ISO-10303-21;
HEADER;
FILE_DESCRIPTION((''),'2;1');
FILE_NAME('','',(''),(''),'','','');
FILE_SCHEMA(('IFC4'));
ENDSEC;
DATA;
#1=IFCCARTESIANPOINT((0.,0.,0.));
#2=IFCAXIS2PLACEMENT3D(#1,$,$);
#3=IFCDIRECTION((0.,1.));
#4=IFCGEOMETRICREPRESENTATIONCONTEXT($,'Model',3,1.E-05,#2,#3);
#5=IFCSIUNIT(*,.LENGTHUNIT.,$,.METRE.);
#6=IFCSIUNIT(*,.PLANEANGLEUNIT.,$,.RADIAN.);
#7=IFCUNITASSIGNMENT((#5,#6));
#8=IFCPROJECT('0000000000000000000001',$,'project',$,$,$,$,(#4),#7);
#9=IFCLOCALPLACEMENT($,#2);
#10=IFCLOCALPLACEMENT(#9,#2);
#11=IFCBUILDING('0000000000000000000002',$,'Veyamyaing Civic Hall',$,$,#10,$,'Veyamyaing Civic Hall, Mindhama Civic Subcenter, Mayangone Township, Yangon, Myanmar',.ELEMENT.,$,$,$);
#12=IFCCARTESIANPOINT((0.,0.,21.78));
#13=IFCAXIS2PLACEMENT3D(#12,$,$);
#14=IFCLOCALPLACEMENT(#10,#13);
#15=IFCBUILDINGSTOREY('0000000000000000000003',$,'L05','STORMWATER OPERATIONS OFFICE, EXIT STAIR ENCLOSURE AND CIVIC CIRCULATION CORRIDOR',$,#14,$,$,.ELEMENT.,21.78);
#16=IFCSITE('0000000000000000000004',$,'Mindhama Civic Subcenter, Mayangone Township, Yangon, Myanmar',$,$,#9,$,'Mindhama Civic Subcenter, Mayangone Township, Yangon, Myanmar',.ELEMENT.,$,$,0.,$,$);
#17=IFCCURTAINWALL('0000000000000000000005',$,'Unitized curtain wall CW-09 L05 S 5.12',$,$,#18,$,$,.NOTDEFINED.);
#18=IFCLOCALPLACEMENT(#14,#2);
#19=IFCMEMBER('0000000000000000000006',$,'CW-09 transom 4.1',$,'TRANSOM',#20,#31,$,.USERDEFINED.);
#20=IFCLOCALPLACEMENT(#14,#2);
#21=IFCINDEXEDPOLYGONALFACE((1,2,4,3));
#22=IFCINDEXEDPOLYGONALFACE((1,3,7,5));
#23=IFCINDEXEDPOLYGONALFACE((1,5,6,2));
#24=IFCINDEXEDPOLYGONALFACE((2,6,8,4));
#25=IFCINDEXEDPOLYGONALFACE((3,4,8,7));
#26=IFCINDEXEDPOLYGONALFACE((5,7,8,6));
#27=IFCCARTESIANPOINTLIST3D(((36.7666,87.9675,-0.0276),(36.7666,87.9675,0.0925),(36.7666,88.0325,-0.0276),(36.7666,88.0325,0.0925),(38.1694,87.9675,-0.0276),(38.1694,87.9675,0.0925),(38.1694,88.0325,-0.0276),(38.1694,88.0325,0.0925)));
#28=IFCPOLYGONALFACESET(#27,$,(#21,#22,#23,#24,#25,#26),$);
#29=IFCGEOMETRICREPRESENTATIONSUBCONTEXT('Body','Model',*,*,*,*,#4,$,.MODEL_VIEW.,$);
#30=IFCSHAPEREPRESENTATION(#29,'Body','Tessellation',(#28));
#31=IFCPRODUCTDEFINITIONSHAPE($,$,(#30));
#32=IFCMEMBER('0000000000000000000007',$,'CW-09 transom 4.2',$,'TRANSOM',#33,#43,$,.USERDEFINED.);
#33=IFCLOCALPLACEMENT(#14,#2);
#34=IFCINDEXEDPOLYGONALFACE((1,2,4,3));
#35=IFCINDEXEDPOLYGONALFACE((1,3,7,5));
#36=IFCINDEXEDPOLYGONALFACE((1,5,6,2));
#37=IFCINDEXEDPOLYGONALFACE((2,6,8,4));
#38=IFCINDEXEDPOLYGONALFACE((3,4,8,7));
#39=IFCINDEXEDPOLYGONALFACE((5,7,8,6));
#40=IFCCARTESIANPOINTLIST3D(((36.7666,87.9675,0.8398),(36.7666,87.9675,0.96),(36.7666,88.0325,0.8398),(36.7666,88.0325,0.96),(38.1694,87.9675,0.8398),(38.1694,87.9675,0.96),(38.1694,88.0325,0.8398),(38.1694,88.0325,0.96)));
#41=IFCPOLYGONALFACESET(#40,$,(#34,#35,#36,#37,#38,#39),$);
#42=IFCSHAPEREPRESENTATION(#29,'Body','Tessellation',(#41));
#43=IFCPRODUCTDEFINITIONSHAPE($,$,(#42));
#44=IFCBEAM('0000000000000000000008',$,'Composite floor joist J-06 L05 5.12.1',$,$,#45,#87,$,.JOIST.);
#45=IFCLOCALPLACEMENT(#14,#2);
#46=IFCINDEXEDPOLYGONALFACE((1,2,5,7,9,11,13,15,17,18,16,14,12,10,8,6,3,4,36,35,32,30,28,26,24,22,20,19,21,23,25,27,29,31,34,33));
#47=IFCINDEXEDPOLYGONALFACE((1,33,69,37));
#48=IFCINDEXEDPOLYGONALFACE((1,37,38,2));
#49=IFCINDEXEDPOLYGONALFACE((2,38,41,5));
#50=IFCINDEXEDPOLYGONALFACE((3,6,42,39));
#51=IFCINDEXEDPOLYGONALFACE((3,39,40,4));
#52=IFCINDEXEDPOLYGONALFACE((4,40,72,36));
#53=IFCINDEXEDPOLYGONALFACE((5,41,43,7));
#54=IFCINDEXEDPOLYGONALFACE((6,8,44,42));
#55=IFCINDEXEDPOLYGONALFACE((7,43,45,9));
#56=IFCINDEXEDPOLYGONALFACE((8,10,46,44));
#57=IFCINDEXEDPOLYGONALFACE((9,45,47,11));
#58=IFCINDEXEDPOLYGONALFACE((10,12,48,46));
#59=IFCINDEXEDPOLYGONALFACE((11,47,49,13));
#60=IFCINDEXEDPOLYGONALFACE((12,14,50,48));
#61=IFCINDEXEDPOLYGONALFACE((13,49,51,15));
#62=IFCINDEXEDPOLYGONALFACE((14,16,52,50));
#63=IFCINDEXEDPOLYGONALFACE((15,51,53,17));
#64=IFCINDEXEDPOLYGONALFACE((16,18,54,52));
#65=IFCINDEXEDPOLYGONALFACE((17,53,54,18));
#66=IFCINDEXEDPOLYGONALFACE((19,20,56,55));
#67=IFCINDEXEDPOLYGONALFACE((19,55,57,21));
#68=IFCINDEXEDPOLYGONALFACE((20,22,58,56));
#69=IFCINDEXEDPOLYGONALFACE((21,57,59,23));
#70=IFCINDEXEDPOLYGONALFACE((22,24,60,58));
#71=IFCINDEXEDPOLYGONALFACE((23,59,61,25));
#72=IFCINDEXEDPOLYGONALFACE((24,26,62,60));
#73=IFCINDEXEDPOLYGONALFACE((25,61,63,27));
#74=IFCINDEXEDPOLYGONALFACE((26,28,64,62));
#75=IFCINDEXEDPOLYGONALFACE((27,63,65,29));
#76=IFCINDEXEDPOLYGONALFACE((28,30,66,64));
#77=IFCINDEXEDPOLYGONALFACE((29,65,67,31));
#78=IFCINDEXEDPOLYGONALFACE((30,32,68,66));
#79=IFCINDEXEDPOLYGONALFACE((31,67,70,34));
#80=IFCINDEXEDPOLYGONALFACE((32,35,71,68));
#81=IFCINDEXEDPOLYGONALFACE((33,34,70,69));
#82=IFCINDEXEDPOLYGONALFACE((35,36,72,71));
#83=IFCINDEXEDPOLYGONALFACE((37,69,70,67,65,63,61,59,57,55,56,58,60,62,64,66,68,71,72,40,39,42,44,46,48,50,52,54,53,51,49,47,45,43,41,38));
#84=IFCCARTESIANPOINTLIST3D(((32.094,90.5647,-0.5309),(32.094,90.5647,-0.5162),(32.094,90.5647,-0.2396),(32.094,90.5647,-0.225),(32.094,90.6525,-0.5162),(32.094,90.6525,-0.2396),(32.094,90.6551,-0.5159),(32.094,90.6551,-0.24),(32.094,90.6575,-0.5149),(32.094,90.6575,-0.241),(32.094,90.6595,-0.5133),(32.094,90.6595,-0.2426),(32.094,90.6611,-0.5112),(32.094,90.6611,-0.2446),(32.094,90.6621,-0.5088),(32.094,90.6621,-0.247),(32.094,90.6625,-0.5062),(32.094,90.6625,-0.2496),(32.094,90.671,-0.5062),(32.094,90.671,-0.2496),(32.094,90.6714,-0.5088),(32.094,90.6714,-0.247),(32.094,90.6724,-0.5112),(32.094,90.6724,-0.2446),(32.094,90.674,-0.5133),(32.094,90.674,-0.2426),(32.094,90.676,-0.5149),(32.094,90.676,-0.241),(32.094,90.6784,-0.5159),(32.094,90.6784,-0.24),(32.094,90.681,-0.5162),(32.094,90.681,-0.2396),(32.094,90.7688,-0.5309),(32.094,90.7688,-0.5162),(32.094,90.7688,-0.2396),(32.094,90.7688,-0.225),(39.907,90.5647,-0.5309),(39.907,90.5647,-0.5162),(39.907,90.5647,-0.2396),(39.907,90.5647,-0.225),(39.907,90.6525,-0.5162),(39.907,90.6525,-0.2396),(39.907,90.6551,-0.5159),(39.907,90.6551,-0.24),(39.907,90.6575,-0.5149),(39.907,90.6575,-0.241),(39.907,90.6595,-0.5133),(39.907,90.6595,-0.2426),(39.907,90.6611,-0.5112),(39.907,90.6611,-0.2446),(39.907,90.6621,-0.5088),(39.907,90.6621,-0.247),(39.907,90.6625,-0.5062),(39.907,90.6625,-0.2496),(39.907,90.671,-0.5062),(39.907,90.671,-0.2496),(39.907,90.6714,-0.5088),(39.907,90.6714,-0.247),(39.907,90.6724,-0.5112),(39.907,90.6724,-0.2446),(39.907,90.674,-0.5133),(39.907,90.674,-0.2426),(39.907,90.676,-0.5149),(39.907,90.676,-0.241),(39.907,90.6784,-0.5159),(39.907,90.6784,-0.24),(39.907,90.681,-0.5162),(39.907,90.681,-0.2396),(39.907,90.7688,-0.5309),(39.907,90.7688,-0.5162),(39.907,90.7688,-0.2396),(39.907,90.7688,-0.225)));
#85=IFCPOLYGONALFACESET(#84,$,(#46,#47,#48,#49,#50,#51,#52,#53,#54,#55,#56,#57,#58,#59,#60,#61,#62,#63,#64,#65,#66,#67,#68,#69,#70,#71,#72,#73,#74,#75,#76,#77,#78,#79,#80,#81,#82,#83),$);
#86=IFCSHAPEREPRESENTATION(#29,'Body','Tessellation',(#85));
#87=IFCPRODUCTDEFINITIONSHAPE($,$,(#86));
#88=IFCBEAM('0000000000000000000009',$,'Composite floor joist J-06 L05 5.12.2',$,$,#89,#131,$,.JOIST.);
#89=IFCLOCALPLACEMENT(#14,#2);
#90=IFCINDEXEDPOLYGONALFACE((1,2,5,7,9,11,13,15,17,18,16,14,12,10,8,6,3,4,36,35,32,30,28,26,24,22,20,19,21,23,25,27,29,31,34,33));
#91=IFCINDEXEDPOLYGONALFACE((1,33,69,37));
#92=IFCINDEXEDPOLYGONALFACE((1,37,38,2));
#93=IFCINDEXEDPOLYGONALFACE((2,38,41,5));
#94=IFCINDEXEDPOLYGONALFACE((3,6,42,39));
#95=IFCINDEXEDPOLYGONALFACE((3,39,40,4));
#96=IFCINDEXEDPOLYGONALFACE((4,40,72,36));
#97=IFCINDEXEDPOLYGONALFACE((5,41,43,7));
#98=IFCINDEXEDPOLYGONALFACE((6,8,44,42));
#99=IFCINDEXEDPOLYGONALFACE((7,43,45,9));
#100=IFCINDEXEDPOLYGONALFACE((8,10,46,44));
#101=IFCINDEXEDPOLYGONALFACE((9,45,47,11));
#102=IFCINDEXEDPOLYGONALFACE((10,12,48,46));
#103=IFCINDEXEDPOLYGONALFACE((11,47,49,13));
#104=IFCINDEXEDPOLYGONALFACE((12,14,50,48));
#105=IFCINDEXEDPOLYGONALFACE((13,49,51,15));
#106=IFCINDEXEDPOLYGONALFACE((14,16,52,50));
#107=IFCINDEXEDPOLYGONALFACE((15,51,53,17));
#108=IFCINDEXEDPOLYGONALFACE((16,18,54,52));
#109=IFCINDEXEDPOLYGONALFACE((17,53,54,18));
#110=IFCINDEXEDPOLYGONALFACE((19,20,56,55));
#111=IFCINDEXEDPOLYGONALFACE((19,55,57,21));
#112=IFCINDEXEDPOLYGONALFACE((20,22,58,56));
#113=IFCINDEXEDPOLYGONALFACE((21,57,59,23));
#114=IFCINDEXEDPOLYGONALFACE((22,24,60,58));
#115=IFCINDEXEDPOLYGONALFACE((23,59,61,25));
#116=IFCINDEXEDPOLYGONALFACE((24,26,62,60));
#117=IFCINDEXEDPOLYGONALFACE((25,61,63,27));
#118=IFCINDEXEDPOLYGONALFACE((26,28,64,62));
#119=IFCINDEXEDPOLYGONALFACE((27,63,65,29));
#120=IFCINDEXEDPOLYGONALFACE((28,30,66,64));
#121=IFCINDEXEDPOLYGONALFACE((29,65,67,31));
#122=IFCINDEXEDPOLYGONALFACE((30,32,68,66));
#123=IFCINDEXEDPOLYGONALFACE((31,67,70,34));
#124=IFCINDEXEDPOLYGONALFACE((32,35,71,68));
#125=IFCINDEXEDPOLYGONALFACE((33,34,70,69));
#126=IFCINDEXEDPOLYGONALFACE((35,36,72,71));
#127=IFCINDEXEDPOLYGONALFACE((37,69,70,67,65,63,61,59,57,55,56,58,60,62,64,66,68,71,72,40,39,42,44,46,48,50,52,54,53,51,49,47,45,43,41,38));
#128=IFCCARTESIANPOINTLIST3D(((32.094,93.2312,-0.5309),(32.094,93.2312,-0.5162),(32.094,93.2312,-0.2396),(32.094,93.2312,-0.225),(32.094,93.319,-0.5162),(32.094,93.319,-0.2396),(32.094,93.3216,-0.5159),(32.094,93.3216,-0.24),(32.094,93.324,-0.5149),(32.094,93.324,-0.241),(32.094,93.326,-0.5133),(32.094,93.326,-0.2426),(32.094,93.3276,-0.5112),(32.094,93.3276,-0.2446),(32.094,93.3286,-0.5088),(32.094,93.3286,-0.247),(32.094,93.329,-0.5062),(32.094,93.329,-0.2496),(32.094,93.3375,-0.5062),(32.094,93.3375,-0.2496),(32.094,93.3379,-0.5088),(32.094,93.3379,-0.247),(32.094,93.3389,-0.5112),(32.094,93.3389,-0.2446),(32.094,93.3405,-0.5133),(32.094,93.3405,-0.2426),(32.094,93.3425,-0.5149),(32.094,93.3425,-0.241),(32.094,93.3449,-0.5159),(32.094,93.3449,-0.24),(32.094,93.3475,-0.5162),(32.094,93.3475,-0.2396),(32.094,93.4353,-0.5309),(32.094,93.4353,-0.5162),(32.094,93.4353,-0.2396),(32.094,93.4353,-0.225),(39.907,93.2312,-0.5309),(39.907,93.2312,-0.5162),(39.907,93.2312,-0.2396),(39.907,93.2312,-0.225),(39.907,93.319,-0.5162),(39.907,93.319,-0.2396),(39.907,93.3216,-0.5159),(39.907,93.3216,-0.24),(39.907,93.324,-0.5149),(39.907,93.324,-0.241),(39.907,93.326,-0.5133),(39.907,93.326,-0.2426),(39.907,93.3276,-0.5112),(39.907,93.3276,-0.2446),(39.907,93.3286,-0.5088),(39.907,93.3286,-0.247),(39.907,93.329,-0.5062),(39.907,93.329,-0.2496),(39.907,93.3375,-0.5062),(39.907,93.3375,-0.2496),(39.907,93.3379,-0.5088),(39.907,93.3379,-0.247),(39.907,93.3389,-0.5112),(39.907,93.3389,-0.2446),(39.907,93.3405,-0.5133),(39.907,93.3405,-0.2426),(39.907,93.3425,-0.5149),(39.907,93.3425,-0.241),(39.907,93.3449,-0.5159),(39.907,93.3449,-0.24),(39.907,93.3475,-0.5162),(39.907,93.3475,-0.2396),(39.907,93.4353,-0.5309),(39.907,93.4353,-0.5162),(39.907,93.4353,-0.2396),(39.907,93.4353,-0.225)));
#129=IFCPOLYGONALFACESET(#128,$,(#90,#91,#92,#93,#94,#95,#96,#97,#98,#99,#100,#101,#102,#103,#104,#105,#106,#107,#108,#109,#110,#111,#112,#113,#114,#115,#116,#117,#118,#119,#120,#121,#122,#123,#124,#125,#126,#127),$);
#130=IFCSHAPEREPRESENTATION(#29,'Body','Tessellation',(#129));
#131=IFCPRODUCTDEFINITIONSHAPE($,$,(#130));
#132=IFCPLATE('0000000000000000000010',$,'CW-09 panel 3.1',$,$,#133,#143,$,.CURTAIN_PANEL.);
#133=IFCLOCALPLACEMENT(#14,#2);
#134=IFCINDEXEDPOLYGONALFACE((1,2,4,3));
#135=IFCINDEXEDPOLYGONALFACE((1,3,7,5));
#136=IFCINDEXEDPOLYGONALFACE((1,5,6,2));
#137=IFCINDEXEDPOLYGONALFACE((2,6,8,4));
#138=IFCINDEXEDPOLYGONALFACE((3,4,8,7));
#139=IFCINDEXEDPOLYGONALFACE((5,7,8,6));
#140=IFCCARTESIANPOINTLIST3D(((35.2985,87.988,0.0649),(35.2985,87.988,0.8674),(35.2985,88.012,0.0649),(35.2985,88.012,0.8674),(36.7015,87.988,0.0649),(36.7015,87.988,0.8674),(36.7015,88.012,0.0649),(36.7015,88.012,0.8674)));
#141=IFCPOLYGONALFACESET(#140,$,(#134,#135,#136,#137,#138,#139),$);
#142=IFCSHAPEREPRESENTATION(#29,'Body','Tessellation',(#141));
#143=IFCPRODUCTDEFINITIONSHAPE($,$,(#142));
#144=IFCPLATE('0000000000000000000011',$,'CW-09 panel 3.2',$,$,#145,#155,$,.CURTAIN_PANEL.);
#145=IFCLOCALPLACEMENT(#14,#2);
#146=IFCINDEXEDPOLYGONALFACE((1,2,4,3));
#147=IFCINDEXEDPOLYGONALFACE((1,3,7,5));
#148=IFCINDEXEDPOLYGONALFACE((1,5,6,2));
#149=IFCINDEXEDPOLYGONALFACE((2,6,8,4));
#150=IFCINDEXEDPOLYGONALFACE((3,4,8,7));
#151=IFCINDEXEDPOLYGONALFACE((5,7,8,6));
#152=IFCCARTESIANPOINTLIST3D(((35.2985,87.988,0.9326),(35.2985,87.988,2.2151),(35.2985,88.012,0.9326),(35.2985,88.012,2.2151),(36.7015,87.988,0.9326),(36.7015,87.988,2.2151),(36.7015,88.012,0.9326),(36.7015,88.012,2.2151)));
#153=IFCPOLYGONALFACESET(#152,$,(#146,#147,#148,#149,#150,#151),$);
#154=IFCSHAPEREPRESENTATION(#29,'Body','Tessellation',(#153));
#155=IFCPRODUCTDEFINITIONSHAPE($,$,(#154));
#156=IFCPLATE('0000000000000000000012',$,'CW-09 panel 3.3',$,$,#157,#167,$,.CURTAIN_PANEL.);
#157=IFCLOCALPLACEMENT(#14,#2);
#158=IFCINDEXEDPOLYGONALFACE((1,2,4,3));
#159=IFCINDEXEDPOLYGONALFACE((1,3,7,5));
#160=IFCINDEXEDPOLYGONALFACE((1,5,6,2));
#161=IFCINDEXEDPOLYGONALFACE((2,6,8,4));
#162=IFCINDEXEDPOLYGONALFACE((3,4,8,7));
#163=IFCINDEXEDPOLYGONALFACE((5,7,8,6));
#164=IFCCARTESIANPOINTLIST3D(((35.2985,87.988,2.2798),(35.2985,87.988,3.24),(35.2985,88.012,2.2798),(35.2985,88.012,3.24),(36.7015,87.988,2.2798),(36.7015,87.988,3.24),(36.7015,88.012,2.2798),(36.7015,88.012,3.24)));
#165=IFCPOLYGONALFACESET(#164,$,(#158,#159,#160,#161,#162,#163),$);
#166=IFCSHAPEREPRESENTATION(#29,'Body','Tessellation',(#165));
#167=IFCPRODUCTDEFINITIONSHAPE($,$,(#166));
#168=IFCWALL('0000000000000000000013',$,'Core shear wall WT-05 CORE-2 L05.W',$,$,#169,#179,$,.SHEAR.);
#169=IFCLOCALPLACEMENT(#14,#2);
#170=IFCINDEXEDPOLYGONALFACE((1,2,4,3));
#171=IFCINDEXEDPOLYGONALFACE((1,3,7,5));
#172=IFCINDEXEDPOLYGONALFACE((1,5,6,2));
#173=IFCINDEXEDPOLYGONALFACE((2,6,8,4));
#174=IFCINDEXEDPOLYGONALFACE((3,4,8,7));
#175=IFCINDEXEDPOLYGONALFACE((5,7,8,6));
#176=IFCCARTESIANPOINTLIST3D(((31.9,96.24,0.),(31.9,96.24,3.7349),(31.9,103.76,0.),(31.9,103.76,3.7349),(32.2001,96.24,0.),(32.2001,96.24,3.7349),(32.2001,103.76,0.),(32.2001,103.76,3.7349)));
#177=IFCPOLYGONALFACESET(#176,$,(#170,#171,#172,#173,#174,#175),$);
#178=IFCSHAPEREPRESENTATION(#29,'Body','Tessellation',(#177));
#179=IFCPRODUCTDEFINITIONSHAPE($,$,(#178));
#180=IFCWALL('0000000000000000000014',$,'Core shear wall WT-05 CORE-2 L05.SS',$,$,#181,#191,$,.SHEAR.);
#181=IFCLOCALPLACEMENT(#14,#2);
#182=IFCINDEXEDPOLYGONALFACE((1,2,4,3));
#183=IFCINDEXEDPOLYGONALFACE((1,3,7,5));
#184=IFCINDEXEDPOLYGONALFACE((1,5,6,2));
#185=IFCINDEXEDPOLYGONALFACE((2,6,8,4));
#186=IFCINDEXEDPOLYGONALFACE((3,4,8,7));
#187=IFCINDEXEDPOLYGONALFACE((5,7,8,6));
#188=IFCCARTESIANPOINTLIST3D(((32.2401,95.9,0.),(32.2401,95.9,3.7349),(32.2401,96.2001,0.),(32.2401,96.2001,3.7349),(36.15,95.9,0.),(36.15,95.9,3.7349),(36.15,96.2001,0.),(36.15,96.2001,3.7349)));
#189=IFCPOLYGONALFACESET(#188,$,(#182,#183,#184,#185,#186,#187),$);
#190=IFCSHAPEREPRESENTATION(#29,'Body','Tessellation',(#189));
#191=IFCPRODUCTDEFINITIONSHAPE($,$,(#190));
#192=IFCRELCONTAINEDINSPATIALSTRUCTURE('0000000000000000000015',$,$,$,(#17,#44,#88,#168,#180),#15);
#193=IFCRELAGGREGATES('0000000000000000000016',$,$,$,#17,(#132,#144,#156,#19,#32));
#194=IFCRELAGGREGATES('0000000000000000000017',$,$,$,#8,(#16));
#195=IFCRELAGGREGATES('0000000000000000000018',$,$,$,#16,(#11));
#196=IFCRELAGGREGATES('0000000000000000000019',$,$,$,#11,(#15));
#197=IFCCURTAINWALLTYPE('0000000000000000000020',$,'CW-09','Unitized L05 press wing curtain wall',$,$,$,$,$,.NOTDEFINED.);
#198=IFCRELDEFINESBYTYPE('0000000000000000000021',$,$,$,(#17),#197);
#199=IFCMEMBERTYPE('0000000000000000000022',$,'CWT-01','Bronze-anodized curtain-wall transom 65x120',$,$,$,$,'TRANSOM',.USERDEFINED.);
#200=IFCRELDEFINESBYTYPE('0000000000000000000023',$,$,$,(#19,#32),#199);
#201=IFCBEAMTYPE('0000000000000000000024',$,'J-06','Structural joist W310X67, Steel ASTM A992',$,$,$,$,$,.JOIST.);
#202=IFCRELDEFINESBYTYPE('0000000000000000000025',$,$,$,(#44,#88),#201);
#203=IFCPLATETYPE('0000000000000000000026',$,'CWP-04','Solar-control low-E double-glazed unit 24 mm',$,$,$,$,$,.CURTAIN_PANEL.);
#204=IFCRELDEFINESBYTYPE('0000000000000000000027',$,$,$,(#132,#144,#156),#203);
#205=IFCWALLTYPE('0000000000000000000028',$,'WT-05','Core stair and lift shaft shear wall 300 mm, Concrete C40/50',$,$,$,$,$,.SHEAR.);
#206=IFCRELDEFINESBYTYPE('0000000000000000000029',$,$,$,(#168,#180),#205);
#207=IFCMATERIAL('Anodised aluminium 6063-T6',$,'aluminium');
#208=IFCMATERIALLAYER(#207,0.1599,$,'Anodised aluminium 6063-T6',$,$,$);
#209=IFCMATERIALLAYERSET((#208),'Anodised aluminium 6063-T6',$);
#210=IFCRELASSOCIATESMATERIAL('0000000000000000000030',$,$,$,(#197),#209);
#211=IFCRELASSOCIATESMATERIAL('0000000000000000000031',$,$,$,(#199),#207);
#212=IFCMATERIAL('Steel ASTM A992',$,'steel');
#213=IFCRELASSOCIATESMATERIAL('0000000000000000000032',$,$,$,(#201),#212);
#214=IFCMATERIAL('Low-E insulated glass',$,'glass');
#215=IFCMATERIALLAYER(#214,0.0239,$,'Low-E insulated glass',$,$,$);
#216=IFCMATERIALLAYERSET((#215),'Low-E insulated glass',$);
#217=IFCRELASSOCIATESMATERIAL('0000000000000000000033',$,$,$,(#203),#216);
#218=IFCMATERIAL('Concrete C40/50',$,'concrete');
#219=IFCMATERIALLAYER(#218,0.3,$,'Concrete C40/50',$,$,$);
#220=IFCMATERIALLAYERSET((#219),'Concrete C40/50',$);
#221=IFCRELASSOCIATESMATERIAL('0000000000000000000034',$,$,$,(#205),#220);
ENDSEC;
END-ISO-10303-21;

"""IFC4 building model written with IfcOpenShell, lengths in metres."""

from ifc_helpers import new_model, si_unit, direction, frame, frame_2d, origin, origin_2d, place, context, subcontext, project, spatial, rectangle, i_section, extrude, material, layer, layer_set, material_profile, profile_set, type_object, element, aggregate, save


model = new_model("IFC4")

# Units and contexts
model_context = context("Model", 3, precision=1e-05, world=origin(), true_north=direction((0.0, 1.0)))
body_context = subcontext(model_context, "Body", "Model", "MODEL_VIEW")
ifc_project = project(units=[si_unit("LENGTHUNIT", "METRE"), si_unit("PLANEANGLEUNIT", "RADIAN")], contexts=[model_context])

# Site, building, storey
site_placement = place(None, origin())
site = spatial("IfcSite", under=ifc_project, at=site_placement, Name="Mindhama Civic Subcenter, Mayangone Township, Yangon, Myanmar", LongName="Mindhama Civic Subcenter, Mayangone Township, Yangon, Myanmar", CompositionType="ELEMENT", RefElevation=0.0)
building_placement = place(site_placement, origin())
building = spatial("IfcBuilding", under=site, at=building_placement, Name="Veyamyaing Civic Hall", LongName="Veyamyaing Civic Hall, Mindhama Civic Subcenter, Mayangone Township, Yangon, Myanmar", CompositionType="ELEMENT")
storey_placement = place(building_placement, frame((0.0, 0.0, 21.78)))
storey = spatial("IfcBuildingStorey", under=building, at=storey_placement, Name="L05", Description="STORMWATER OPERATIONS OFFICE, EXIT STAIR ENCLOSURE AND CIVIC CIRCULATION CORRIDOR", CompositionType="ELEMENT", Elevation=21.78)

# Shared definitions
ifc_material_1 = material(Name="Steel ASTM A992", Category="steel")

# Curtain wall, members
ifc_material_2 = material(Name="Anodised aluminium 6063-T6", Category="aluminium")
ifc_layer_1 = layer(ifc_material_2, 0.1599, Name="Anodised aluminium 6063-T6")
ifc_layer_set_1 = layer_set([ifc_layer_1], Name="Anodised aluminium 6063-T6")
curtain_wall_type = type_object("IfcCurtainWallType", Name="CW-09", Description="Unitized L05 press wing curtain wall", PredefinedType="NOTDEFINED", material=ifc_layer_set_1)
curtain_wall_placement = place(storey_placement, origin())
curtain_wall = element("IfcCurtainWall", 1, at=curtain_wall_placement, inside=storey, type_object=curtain_wall_type, Name="Unitized curtain wall CW-09 L05 S 5.12", PredefinedType="NOTDEFINED")
ifc_material_profile_1 = material_profile(ifc_material_2, rectangle(XDim=0.0649, YDim=0.1201, at=origin_2d()), Name="ALU-TRN-65X120")
ifc_profile_set_1 = profile_set([ifc_material_profile_1], Name="Anodised aluminium 6063-T6")
member_type_1 = type_object("IfcMemberType", Name="CWT-01", Description="Bronze-anodized curtain-wall transom 65x120", ElementType="TRANSOM", PredefinedType="USERDEFINED", material=ifc_profile_set_1)
member_1_placement = place(storey_placement, frame((36.7666, 88.0, 0.0325), z_axis=(1.0, 0.0, 0.0), x_axis=(0.0, 1.0, 0.0)))
member_1 = element("IfcMember", 2, at=member_1_placement, type_object=member_type_1, Name="CW-09 transom 4.1", ObjectType="TRANSOM", PredefinedType="USERDEFINED", context=body_context, shape_type="SweptSolid", body=[
    extrude(rectangle(XDim=0.0649, YDim=0.1201, at=origin_2d()), origin(), (0.0, 0.0, 1.0), 1.4028),
])
member_2_placement = place(storey_placement, frame((36.7666, 88.0, 0.8999), z_axis=(1.0, 0.0, 0.0), x_axis=(0.0, 1.0, 0.0)))
member_2 = element("IfcMember", 3, at=member_2_placement, type_object=member_type_1, Name="CW-09 transom 4.2", ObjectType="TRANSOM", PredefinedType="USERDEFINED", context=body_context, shape_type="SweptSolid", body=[
    extrude(rectangle(XDim=0.0649, YDim=0.1201, at=origin_2d()), origin(), (0.0, 0.0, 1.0), 1.4028),
])

# Beams
ifc_material_profile_2 = material_profile(ifc_material_1, i_section(OverallWidth=0.2041, OverallDepth=0.3059, WebThickness=0.0085, FlangeThickness=0.0146, FilletRadius=0.01, at=origin_2d()), Name="W310X67")
ifc_profile_set_2 = profile_set([ifc_material_profile_2], Name="Steel ASTM A992")
beam_type_1 = type_object("IfcBeamType", Name="J-06", Description="Structural joist W310X67, Steel ASTM A992", PredefinedType="JOIST", material=ifc_profile_set_2)
for number, where, z_axis, x_axis, name in (
    (4, (32.094, 90.6667, -0.3779), (1.0, 0.0, 0.0), (0.0, 1.0, 0.0), "Composite floor joist J-06 L05 5.12.1"),
    (5, (32.094, 93.3333, -0.3779), (1.0, 0.0, 0.0), (0.0, 1.0, 0.0), "Composite floor joist J-06 L05 5.12.2"),
):
    element("IfcBeam", number, at=place(storey_placement, frame(where, z_axis=z_axis, x_axis=x_axis)), inside=storey, type_object=beam_type_1, Name=name, PredefinedType="JOIST", context=body_context, shape_type="SweptSolid", body=[
        extrude(i_section(OverallWidth=0.2041, OverallDepth=0.3059, WebThickness=0.0085, FlangeThickness=0.0146, FilletRadius=0.01, at=origin_2d()), origin(), (0.0, 0.0, 1.0), 7.813),
    ])

# Plates
ifc_material_3 = material(Name="Low-E insulated glass", Category="glass")
ifc_layer_2 = layer(ifc_material_3, 0.0239, Name="Low-E insulated glass")
ifc_layer_set_2 = layer_set([ifc_layer_2], Name="Low-E insulated glass")
plate_type = type_object("IfcPlateType", Name="CWP-04", Description="Solar-control low-E double-glazed unit 24 mm", PredefinedType="CURTAIN_PANEL", material=ifc_layer_set_2)
plate_1_placement = place(storey_placement, frame((36.0, 88.0, 0.0649), z_axis=(0.0, 0.0, 1.0), x_axis=(1.0, 0.0, 0.0)))
plate_1 = element("IfcPlate", 6, at=plate_1_placement, type_object=plate_type, Name="CW-09 panel 3.1", PredefinedType="CURTAIN_PANEL", context=body_context, shape_type="SweptSolid", body=[
    extrude(rectangle(XDim=1.4031, YDim=0.0239, at=origin_2d()), origin(), (0.0, 0.0, 1.0), 0.8025),
])
plate_2_placement = place(storey_placement, frame((36.0, 88.0, 0.9326), z_axis=(0.0, 0.0, 1.0), x_axis=(1.0, 0.0, 0.0)))
plate_2 = element("IfcPlate", 7, at=plate_2_placement, type_object=plate_type, Name="CW-09 panel 3.2", PredefinedType="CURTAIN_PANEL", context=body_context, shape_type="SweptSolid", body=[
    extrude(rectangle(XDim=1.4031, YDim=0.0239, at=origin_2d()), origin(), (0.0, 0.0, 1.0), 1.2825),
])
plate_3_placement = place(storey_placement, frame((36.0, 88.0, 2.2798), z_axis=(0.0, 0.0, 1.0), x_axis=(1.0, 0.0, 0.0)))
plate_3 = element("IfcPlate", 8, at=plate_3_placement, type_object=plate_type, Name="CW-09 panel 3.3", PredefinedType="CURTAIN_PANEL", context=body_context, shape_type="SweptSolid", body=[
    extrude(rectangle(XDim=1.4031, YDim=0.0239, at=origin_2d()), origin(), (0.0, 0.0, 1.0), 0.9602),
])
aggregate(curtain_wall, [plate_1, plate_2, plate_3, member_1, member_2])

# Walls
ifc_material_4 = material(Name="Concrete C40/50", Category="concrete")
ifc_layer_3 = layer(ifc_material_4, 0.3, Name="Concrete C40/50")
ifc_layer_set_3 = layer_set([ifc_layer_3], Name="Concrete C40/50")
wall_type_1 = type_object("IfcWallType", Name="WT-05", Description="Core stair and lift shaft shear wall 300 mm, Concrete C40/50", PredefinedType="SHEAR", material=ifc_layer_set_3)
wall_1_placement = place(storey_placement, frame((32.05, 96.24, 0.0), z_axis=(0.0, 0.0, 1.0), x_axis=(0.0, 1.0, 0.0)))
element("IfcWall", 9, at=wall_1_placement, inside=storey, type_object=wall_type_1, Name="Core shear wall WT-05 CORE-2 L05.W", PredefinedType="SHEAR", context=body_context, shape_type="SweptSolid", body=[
    extrude(rectangle(XDim=7.52, YDim=0.3, at=frame_2d((3.76, 0.0))), origin(), (0.0, 0.0, 1.0), 3.7349),
])
wall_2_placement = place(storey_placement, frame((32.24, 96.05, 0.0), z_axis=(0.0, 0.0, 1.0), x_axis=(1.0, 0.0, 0.0)))
element("IfcWall", 10, at=wall_2_placement, inside=storey, type_object=wall_type_1, Name="Core shear wall WT-05 CORE-2 L05.SS", PredefinedType="SHEAR", context=body_context, shape_type="SweptSolid", body=[
    extrude(rectangle(XDim=3.9099, YDim=0.3, at=frame_2d((1.9551, 0.0))), origin(), (0.0, 0.0, 1.0), 3.7349),
])

save(model, "model.ifc")
